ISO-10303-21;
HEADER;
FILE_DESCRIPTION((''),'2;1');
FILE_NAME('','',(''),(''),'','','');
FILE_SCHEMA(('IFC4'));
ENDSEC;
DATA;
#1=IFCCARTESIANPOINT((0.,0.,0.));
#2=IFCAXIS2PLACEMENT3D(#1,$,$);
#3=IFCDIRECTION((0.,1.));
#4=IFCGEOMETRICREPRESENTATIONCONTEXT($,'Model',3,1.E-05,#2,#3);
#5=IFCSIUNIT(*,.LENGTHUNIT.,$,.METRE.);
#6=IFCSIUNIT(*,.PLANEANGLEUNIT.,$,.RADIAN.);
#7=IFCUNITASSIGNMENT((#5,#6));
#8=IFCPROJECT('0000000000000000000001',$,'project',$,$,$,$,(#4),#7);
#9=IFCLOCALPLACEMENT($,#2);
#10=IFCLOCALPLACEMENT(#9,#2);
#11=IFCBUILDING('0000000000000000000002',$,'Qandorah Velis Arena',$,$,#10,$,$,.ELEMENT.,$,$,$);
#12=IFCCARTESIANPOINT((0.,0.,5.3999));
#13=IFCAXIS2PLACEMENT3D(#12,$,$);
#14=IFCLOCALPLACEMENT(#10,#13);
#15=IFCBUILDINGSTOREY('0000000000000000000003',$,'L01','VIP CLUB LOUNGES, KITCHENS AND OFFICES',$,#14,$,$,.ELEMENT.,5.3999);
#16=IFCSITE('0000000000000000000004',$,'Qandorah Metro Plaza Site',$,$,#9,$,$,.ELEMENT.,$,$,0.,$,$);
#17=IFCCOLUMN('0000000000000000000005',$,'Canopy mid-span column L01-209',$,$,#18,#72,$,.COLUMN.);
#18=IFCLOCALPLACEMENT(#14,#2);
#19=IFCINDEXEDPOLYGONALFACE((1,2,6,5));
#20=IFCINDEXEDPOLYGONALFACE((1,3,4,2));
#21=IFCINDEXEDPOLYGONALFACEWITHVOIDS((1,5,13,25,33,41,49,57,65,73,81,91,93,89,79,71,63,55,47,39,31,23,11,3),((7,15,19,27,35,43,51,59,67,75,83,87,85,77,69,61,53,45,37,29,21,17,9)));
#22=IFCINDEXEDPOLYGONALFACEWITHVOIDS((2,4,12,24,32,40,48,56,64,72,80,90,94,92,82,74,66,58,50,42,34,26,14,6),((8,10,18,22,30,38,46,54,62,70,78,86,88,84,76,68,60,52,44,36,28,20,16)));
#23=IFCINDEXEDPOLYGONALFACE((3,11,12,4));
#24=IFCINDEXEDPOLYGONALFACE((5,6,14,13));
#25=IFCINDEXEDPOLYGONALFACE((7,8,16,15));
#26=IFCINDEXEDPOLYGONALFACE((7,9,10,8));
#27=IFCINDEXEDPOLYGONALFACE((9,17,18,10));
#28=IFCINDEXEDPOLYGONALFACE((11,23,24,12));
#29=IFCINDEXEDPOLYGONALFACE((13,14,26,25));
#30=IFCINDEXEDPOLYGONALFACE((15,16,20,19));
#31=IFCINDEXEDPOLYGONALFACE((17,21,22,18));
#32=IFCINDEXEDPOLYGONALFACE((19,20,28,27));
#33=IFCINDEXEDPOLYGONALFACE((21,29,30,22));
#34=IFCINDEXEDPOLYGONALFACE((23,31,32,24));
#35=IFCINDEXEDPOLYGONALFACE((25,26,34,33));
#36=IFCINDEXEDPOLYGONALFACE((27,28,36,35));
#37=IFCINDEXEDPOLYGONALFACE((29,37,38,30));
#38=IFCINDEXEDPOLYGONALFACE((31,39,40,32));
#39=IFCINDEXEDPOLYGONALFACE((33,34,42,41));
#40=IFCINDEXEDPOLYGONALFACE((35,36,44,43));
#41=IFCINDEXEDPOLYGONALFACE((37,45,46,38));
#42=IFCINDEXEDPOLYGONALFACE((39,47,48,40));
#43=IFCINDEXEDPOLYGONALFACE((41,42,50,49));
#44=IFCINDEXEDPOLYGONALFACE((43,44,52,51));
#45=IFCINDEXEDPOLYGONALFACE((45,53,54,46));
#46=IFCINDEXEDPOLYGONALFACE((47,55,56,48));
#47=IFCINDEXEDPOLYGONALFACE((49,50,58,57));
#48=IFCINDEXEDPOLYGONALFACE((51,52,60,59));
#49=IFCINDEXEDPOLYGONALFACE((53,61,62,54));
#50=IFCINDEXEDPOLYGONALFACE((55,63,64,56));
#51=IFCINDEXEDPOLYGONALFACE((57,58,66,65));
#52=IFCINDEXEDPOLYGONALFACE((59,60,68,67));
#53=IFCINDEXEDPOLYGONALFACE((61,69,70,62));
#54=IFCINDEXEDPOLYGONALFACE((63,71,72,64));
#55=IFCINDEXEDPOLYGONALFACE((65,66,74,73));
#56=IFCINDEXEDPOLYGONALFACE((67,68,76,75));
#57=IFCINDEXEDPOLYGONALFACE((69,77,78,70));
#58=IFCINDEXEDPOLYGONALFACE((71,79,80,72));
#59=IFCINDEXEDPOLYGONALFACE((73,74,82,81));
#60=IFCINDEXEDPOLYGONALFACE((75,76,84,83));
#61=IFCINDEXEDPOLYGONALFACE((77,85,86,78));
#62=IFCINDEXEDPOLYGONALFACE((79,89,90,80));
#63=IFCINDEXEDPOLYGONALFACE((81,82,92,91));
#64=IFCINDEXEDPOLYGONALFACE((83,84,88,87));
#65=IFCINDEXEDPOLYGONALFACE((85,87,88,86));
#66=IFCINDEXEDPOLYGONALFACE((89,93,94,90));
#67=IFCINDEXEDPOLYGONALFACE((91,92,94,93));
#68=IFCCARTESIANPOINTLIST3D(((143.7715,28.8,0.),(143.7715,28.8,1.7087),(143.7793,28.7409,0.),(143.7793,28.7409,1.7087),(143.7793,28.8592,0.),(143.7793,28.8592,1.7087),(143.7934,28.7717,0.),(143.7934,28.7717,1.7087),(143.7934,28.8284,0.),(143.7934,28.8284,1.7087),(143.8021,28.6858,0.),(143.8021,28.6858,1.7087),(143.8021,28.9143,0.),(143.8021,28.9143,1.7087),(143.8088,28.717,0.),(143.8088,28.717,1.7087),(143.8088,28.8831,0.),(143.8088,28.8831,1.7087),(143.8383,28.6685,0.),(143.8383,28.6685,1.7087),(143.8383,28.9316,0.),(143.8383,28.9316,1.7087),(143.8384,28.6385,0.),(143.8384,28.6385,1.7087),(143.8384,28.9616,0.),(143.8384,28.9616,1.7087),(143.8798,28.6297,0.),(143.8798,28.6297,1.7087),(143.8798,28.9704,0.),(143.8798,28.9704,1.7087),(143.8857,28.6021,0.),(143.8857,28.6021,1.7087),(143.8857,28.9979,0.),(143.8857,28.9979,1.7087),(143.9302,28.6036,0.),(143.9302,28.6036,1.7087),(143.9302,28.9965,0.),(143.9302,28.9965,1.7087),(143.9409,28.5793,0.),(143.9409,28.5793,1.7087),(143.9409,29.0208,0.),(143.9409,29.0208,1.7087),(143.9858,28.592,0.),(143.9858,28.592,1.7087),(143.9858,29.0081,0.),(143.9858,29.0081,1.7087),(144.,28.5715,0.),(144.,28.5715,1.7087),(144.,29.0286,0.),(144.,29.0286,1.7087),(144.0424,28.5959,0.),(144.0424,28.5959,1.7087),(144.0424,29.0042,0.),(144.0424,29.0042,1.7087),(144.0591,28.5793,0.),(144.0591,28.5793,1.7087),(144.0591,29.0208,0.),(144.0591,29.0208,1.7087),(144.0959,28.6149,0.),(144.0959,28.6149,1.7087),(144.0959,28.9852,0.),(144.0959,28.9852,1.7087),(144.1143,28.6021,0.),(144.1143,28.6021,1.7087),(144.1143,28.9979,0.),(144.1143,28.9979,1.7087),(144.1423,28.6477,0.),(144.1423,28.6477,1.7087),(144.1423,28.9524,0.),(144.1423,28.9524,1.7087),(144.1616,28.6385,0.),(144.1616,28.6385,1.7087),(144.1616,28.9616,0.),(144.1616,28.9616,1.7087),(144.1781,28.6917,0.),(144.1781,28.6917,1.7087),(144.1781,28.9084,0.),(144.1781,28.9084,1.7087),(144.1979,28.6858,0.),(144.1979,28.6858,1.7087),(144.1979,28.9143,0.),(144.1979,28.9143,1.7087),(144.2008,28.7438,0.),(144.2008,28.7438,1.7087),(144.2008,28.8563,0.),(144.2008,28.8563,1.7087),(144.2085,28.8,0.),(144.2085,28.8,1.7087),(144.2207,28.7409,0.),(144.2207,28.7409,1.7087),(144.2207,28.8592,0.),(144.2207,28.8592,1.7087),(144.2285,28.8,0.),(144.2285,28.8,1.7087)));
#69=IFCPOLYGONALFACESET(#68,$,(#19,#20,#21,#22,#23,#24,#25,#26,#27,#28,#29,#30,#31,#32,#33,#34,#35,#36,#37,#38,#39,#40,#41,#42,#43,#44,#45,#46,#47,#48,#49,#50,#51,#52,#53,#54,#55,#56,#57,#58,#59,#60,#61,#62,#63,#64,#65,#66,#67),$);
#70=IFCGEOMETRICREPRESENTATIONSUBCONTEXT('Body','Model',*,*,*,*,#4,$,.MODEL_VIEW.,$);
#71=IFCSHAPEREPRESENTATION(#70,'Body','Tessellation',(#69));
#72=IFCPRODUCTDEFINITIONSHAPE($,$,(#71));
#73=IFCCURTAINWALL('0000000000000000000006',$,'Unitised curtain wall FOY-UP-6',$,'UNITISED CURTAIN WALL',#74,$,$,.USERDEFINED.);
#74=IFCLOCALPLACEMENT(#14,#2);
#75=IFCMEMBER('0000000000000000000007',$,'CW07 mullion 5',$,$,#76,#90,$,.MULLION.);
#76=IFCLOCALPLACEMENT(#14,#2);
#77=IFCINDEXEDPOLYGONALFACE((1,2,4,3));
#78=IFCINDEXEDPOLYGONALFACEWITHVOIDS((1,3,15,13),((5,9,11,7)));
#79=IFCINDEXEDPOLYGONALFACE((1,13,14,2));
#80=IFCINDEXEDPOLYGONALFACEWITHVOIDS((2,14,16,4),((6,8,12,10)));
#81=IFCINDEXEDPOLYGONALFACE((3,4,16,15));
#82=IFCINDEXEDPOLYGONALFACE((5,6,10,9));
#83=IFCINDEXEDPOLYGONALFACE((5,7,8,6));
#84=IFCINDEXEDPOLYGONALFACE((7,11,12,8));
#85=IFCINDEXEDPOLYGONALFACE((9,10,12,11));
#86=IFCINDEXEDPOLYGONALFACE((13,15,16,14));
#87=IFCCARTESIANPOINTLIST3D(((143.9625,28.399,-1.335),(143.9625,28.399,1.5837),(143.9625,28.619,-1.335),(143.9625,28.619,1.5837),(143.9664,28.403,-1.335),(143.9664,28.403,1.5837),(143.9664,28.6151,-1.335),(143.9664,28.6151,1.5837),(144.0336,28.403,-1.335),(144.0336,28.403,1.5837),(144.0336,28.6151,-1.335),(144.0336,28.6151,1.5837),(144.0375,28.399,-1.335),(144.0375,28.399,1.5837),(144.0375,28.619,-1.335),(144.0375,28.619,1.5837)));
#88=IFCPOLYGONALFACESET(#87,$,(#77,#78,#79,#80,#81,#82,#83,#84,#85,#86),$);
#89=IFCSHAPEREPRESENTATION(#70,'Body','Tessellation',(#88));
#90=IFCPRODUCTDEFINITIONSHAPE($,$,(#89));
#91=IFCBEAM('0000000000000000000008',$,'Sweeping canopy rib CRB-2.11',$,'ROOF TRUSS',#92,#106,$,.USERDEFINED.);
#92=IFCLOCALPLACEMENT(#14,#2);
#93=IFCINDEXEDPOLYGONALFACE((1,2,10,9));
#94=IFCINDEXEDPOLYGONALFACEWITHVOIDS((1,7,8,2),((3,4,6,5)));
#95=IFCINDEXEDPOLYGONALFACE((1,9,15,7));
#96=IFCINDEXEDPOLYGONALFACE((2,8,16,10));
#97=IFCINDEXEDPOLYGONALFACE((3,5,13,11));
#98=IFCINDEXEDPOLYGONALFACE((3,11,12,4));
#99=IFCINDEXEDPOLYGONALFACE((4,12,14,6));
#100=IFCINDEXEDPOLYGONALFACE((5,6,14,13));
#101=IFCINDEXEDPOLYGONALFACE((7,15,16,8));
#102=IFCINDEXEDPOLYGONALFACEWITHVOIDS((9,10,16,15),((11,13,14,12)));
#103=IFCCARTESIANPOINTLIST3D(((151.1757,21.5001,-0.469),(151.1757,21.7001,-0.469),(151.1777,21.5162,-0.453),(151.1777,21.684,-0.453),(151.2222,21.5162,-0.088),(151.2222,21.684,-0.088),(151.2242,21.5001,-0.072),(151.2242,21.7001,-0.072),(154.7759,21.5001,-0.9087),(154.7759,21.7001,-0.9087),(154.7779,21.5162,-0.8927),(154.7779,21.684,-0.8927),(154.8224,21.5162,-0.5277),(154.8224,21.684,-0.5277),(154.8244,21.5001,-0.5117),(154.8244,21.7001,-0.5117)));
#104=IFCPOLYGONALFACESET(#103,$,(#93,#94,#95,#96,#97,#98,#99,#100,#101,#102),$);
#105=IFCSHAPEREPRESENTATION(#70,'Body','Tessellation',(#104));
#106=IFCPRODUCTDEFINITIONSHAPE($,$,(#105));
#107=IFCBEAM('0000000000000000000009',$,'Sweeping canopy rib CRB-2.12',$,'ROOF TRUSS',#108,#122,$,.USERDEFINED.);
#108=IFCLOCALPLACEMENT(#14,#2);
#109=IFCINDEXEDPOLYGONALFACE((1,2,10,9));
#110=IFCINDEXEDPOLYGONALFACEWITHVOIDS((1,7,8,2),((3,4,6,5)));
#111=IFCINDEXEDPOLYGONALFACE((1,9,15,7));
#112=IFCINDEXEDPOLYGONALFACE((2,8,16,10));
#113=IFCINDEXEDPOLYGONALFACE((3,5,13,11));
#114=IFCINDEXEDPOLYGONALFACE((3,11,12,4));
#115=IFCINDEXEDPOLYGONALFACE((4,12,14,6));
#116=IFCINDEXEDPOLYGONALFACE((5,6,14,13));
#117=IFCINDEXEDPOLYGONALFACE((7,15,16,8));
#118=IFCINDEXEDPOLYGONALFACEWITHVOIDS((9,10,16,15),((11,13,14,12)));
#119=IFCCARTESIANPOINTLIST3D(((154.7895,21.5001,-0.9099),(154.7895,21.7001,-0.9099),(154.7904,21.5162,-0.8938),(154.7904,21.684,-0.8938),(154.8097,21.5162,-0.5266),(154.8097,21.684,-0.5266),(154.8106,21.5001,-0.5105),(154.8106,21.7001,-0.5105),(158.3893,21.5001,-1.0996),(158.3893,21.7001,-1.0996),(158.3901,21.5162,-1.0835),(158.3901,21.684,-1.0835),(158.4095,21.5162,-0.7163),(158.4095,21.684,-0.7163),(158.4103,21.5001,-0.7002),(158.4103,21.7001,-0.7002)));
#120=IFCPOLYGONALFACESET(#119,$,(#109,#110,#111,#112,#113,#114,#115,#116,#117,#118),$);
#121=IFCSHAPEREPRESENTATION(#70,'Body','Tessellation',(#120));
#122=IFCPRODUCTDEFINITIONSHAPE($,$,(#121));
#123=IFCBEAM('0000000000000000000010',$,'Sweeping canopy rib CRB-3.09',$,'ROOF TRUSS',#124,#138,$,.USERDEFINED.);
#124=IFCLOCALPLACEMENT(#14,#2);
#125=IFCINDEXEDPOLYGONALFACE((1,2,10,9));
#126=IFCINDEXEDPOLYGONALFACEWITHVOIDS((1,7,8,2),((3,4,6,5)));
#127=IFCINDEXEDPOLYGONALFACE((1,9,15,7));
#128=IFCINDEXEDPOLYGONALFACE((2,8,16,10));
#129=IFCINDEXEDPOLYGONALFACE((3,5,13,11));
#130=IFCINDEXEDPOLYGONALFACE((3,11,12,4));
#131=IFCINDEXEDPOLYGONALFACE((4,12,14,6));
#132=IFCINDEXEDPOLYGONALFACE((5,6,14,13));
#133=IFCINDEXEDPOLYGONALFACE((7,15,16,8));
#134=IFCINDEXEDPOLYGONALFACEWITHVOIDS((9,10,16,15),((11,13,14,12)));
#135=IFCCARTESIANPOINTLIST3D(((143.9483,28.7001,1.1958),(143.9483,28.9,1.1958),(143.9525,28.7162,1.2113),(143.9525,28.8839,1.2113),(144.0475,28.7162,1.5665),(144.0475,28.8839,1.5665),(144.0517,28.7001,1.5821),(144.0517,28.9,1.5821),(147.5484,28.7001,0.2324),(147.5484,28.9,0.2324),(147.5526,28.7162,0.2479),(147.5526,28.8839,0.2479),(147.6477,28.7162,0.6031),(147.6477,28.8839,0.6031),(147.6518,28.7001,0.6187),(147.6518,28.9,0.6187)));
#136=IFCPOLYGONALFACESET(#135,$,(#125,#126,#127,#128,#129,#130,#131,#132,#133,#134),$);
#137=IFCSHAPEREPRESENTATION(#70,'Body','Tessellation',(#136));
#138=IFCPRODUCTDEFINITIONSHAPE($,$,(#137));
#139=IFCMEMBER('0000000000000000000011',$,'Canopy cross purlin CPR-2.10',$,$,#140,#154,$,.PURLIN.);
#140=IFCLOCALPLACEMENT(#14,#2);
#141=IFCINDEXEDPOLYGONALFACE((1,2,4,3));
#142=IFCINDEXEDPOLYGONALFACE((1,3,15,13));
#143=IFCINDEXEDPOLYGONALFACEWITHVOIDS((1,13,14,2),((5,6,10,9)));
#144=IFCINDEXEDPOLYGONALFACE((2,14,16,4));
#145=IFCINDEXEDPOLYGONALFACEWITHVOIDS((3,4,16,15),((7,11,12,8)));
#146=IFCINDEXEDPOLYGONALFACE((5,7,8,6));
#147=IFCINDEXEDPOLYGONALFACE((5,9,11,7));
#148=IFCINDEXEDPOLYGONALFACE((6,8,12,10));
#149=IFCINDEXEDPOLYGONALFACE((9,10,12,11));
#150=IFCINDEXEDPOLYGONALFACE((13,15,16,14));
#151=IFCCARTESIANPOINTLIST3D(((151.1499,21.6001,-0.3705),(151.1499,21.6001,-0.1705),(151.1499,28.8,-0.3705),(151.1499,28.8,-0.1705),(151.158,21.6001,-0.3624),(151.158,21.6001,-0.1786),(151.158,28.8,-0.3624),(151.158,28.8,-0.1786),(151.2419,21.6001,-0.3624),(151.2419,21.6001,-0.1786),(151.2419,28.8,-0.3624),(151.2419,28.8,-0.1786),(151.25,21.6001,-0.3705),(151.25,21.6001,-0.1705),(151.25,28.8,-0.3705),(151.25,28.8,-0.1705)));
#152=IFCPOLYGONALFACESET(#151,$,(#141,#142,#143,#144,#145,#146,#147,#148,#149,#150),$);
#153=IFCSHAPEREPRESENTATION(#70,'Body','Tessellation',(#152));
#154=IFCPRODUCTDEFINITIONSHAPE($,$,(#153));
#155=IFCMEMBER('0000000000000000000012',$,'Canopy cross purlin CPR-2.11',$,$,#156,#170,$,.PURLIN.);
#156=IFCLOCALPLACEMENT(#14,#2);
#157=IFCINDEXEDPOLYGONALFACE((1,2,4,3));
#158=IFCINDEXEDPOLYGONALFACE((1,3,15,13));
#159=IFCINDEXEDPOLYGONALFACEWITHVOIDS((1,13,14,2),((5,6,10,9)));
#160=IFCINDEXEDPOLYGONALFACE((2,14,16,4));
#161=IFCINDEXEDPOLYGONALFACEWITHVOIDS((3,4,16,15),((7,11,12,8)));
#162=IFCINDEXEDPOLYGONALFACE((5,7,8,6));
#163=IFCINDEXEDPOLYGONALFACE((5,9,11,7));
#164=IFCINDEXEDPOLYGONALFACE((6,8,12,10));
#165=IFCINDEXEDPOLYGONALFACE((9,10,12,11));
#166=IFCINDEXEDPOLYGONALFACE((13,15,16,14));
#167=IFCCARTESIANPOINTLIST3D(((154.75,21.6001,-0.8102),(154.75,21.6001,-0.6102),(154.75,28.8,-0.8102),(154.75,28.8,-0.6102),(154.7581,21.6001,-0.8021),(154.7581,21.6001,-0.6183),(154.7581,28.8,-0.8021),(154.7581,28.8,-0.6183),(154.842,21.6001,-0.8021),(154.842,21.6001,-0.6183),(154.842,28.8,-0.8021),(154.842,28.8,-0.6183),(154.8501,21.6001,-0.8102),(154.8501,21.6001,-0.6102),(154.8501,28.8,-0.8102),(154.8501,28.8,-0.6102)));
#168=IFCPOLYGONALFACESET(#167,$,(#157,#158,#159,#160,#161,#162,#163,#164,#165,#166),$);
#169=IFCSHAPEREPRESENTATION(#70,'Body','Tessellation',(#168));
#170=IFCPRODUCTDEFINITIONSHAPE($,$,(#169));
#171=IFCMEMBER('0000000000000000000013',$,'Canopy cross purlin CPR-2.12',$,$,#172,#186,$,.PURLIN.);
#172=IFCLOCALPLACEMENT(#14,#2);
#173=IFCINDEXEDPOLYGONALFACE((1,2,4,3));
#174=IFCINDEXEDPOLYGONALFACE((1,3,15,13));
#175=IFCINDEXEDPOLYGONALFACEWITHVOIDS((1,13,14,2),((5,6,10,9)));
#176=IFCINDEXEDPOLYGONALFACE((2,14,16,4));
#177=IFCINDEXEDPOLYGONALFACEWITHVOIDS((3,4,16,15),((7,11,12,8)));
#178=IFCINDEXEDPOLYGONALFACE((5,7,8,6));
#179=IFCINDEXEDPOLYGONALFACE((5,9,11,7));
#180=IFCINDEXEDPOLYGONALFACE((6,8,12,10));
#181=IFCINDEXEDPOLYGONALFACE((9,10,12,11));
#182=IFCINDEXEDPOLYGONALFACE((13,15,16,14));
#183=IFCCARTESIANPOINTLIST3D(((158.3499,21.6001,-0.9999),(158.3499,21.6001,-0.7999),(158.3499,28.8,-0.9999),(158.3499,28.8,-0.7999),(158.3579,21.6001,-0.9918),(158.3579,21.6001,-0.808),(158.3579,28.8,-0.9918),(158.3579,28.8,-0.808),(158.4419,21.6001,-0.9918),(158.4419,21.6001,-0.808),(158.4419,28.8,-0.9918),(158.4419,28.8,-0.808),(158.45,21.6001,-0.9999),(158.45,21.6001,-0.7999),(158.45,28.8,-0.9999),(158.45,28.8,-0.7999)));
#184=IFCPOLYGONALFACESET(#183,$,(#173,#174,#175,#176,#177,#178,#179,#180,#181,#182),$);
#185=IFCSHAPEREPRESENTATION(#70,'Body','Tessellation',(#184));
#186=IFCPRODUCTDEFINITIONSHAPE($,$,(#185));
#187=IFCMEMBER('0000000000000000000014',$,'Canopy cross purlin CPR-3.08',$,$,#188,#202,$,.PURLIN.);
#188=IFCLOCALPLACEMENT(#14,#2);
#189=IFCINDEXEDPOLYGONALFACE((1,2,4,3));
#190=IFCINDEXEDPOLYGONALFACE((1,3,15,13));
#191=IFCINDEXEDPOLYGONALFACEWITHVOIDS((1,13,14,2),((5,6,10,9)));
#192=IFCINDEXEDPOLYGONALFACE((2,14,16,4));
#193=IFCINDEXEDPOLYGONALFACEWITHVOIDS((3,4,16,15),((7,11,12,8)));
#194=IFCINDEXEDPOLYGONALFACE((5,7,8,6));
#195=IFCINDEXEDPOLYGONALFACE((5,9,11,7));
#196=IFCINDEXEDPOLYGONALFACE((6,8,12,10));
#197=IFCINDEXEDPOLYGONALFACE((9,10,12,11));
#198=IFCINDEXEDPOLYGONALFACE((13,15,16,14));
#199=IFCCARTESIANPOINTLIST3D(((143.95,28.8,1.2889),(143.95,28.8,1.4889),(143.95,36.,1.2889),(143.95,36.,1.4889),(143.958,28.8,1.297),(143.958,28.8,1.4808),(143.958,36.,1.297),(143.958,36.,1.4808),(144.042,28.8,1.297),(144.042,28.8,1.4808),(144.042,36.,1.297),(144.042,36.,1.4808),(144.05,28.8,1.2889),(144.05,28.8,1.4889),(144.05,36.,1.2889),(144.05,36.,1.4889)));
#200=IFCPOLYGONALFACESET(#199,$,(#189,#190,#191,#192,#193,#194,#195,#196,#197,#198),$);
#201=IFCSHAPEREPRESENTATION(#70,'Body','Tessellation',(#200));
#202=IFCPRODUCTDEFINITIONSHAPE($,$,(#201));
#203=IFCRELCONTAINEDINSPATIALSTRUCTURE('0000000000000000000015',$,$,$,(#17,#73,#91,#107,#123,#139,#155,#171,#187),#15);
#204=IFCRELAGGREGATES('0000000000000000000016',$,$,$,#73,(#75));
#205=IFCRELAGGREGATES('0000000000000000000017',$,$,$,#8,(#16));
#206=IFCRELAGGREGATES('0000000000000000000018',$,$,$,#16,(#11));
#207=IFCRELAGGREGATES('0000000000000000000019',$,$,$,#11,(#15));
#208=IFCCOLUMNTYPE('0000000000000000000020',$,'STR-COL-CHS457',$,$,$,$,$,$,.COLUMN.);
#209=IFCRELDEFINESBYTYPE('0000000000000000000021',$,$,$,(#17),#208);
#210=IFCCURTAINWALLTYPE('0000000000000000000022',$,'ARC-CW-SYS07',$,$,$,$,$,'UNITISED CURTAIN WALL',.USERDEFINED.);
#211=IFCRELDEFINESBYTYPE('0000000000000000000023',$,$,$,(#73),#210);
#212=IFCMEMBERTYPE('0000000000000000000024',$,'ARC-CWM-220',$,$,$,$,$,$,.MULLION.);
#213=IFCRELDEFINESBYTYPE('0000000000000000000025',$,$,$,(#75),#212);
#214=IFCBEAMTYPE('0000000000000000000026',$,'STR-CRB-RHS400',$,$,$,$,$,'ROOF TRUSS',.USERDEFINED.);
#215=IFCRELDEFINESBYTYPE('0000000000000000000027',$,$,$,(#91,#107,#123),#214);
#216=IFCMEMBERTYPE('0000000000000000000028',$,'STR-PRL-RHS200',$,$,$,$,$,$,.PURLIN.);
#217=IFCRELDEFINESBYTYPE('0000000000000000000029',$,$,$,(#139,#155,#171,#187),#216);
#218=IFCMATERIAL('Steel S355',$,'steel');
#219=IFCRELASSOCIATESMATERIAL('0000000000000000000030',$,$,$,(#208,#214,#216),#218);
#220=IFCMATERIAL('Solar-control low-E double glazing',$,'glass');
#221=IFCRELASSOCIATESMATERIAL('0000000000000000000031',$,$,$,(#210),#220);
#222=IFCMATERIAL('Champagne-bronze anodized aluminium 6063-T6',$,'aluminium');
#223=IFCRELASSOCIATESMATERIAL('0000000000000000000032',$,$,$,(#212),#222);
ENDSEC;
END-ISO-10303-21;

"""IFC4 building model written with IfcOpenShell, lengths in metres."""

from ifc_helpers import new_model, si_unit, direction, frame, origin, origin_2d, place, context, subcontext, project, spatial, hollow_rectangle, hollow_circle, extrude, material, material_profile, profile_set, type_object, element, aggregate, save


model = new_model("IFC4")

# Units and contexts
model_context = context("Model", 3, precision=1e-05, world=origin(), true_north=direction((0.0, 1.0)))
body_context = subcontext(model_context, "Body", "Model", "MODEL_VIEW")
ifc_project = project(units=[si_unit("LENGTHUNIT", "METRE"), si_unit("PLANEANGLEUNIT", "RADIAN")], contexts=[model_context])

# Site, building, storey
site_placement = place(None, origin())
site = spatial("IfcSite", under=ifc_project, at=site_placement, Name="Qandorah Metro Plaza Site", CompositionType="ELEMENT", RefElevation=0.0)
building_placement = place(site_placement, origin())
building = spatial("IfcBuilding", under=site, at=building_placement, Name="Qandorah Velis Arena", CompositionType="ELEMENT")
storey_placement = place(building_placement, frame((0.0, 0.0, 5.3999)))
storey = spatial("IfcBuildingStorey", under=building, at=storey_placement, Name="L01", Description="VIP CLUB LOUNGES, KITCHENS AND OFFICES", CompositionType="ELEMENT", Elevation=5.3999)

# Column
ifc_material_1 = material(Name="Steel S355", Category="steel")
ifc_material_profile_1 = material_profile(ifc_material_1, hollow_circle(Radius=0.2285, WallThickness=0.02, at=origin_2d()), Name="CHS 457x20")
ifc_profile_set_1 = profile_set([ifc_material_profile_1], Name="Steel S355")
column_type = type_object("IfcColumnType", Name="STR-COL-CHS457", PredefinedType="COLUMN", material=ifc_profile_set_1)
column_placement = place(storey_placement, frame((144.0, 28.8, 0.0), z_axis=(0.0, 0.0, 1.0), x_axis=(1.0, 0.0, 0.0)))
element("IfcColumn", 1, at=column_placement, inside=storey, type_object=column_type, Name="Canopy mid-span column L01-209", PredefinedType="COLUMN", context=body_context, shape_type="SweptSolid", body=[
    extrude(hollow_circle(Radius=0.2285, WallThickness=0.02, at=origin_2d()), origin(), (0.0, 0.0, 1.0), 1.7087),
])

# Curtain wall, member
ifc_material_2 = material(Name="Solar-control low-E double glazing", Category="glass")
curtain_wall_type = type_object("IfcCurtainWallType", Name="ARC-CW-SYS07", ElementType="UNITISED CURTAIN WALL", PredefinedType="USERDEFINED", material=ifc_material_2)
curtain_wall_placement = place(storey_placement, origin())
curtain_wall = element("IfcCurtainWall", 2, at=curtain_wall_placement, inside=storey, type_object=curtain_wall_type, Name="Unitised curtain wall FOY-UP-6", ObjectType="UNITISED CURTAIN WALL", PredefinedType="USERDEFINED")
ifc_material_3 = material(Name="Champagne-bronze anodized aluminium 6063-T6", Category="aluminium")
ifc_material_profile_2 = material_profile(ifc_material_3, hollow_rectangle(XDim=0.075, YDim=0.22, WallThickness=0.0039, at=origin_2d()), Name="ALU MULLION 75x220")
ifc_profile_set_2 = profile_set([ifc_material_profile_2], Name="Champagne-bronze anodized aluminium 6063-T6")
member_type_1 = type_object("IfcMemberType", Name="ARC-CWM-220", PredefinedType="MULLION", material=ifc_profile_set_2)
member_1_placement = place(storey_placement, frame((144.0, 28.509, -1.335), z_axis=(0.0, 0.0, 1.0), x_axis=(-1.0, 0.0, 0.0)))
member_1 = element("IfcMember", 3, at=member_1_placement, type_object=member_type_1, Name="CW07 mullion 5", PredefinedType="MULLION", context=body_context, shape_type="SweptSolid", body=[
    extrude(hollow_rectangle(XDim=0.075, YDim=0.22, WallThickness=0.0039, at=origin_2d()), origin(), (0.0, 0.0, 1.0), 2.9187),
])

# Beams
ifc_material_profile_3 = material_profile(ifc_material_1, hollow_rectangle(XDim=0.2, YDim=0.3999, WallThickness=0.0161, at=origin_2d()), Name="RHS 400x200x16")
ifc_profile_set_3 = profile_set([ifc_material_profile_3], Name="Steel S355")
beam_type = type_object("IfcBeamType", Name="STR-CRB-RHS400", ElementType="ROOF TRUSS", PredefinedType="USERDEFINED", material=ifc_profile_set_3)
beam_1_placement = place(storey_placement, frame((151.2, 21.6001, -0.2705), z_axis=(0.992624, 0.0, -0.121234), x_axis=(0.0, 1.0, 0.0)))
element("IfcBeam", 4, at=beam_1_placement, inside=storey, type_object=beam_type, Name="Sweeping canopy rib CRB-2.11", ObjectType="ROOF TRUSS", PredefinedType="USERDEFINED", context=body_context, shape_type="SweptSolid", body=[
    extrude(hollow_rectangle(XDim=0.2, YDim=0.3999, WallThickness=0.0161, at=origin_2d()), origin(), (0.0, 0.0, 1.0), 3.627),
])
beam_2_placement = place(storey_placement, frame((154.8, 21.6001, -0.7102), z_axis=(0.998614, 0.0, -0.052623), x_axis=(0.0, 1.0, 0.0)))
element("IfcBeam", 5, at=beam_2_placement, inside=storey, type_object=beam_type, Name="Sweeping canopy rib CRB-2.12", ObjectType="ROOF TRUSS", PredefinedType="USERDEFINED", context=body_context, shape_type="SweptSolid", body=[
    extrude(hollow_rectangle(XDim=0.2, YDim=0.3999, WallThickness=0.0161, at=origin_2d()), origin(), (0.0, 0.0, 1.0), 3.6047),
])
beam_3_placement = place(storey_placement, frame((144.0, 28.8, 1.3889), z_axis=(0.966011, 0.0, -0.258502), x_axis=(0.0, 1.0, 0.0)))
element("IfcBeam", 6, at=beam_3_placement, inside=storey, type_object=beam_type, Name="Sweeping canopy rib CRB-3.09", ObjectType="ROOF TRUSS", PredefinedType="USERDEFINED", context=body_context, shape_type="SweptSolid", body=[
    extrude(hollow_rectangle(XDim=0.2, YDim=0.3999, WallThickness=0.0161, at=origin_2d()), origin(), (0.0, 0.0, 1.0), 3.7268),
])

# Members
ifc_material_profile_4 = material_profile(ifc_material_1, hollow_rectangle(XDim=0.1001, YDim=0.2, WallThickness=0.0081, at=origin_2d()), Name="RHS 200x100x8")
ifc_profile_set_4 = profile_set([ifc_material_profile_4], Name="Steel S355")
member_type_2 = type_object("IfcMemberType", Name="STR-PRL-RHS200", PredefinedType="PURLIN", material=ifc_profile_set_4)
for number, where, z_axis, x_axis, name in (
    (7, (151.2, 21.6001, -0.2705), (0.0, 1.0, 0.0), (-1.0, 0.0, 0.0), "Canopy cross purlin CPR-2.10"),
    (8, (154.8, 21.6001, -0.7102), (0.0, 1.0, 0.0), (-1.0, 0.0, 0.0), "Canopy cross purlin CPR-2.11"),
    (9, (158.3999, 21.6001, -0.8999), (0.0, 1.0, 0.0), (-1.0, 0.0, 0.0), "Canopy cross purlin CPR-2.12"),
    (10, (144.0, 28.8, 1.3889), (0.0, 1.0, 0.0), (-1.0, 0.0, 0.0), "Canopy cross purlin CPR-3.08"),
):
    element("IfcMember", number, at=place(storey_placement, frame(where, z_axis=z_axis, x_axis=x_axis)), inside=storey, type_object=member_type_2, Name=name, PredefinedType="PURLIN", context=body_context, shape_type="SweptSolid", body=[
        extrude(hollow_rectangle(XDim=0.1001, YDim=0.2, WallThickness=0.0081, at=origin_2d()), origin(), (0.0, 0.0, 1.0), 7.2),
    ])

aggregate(curtain_wall, [member_1])

save(model, "model.ifc")
